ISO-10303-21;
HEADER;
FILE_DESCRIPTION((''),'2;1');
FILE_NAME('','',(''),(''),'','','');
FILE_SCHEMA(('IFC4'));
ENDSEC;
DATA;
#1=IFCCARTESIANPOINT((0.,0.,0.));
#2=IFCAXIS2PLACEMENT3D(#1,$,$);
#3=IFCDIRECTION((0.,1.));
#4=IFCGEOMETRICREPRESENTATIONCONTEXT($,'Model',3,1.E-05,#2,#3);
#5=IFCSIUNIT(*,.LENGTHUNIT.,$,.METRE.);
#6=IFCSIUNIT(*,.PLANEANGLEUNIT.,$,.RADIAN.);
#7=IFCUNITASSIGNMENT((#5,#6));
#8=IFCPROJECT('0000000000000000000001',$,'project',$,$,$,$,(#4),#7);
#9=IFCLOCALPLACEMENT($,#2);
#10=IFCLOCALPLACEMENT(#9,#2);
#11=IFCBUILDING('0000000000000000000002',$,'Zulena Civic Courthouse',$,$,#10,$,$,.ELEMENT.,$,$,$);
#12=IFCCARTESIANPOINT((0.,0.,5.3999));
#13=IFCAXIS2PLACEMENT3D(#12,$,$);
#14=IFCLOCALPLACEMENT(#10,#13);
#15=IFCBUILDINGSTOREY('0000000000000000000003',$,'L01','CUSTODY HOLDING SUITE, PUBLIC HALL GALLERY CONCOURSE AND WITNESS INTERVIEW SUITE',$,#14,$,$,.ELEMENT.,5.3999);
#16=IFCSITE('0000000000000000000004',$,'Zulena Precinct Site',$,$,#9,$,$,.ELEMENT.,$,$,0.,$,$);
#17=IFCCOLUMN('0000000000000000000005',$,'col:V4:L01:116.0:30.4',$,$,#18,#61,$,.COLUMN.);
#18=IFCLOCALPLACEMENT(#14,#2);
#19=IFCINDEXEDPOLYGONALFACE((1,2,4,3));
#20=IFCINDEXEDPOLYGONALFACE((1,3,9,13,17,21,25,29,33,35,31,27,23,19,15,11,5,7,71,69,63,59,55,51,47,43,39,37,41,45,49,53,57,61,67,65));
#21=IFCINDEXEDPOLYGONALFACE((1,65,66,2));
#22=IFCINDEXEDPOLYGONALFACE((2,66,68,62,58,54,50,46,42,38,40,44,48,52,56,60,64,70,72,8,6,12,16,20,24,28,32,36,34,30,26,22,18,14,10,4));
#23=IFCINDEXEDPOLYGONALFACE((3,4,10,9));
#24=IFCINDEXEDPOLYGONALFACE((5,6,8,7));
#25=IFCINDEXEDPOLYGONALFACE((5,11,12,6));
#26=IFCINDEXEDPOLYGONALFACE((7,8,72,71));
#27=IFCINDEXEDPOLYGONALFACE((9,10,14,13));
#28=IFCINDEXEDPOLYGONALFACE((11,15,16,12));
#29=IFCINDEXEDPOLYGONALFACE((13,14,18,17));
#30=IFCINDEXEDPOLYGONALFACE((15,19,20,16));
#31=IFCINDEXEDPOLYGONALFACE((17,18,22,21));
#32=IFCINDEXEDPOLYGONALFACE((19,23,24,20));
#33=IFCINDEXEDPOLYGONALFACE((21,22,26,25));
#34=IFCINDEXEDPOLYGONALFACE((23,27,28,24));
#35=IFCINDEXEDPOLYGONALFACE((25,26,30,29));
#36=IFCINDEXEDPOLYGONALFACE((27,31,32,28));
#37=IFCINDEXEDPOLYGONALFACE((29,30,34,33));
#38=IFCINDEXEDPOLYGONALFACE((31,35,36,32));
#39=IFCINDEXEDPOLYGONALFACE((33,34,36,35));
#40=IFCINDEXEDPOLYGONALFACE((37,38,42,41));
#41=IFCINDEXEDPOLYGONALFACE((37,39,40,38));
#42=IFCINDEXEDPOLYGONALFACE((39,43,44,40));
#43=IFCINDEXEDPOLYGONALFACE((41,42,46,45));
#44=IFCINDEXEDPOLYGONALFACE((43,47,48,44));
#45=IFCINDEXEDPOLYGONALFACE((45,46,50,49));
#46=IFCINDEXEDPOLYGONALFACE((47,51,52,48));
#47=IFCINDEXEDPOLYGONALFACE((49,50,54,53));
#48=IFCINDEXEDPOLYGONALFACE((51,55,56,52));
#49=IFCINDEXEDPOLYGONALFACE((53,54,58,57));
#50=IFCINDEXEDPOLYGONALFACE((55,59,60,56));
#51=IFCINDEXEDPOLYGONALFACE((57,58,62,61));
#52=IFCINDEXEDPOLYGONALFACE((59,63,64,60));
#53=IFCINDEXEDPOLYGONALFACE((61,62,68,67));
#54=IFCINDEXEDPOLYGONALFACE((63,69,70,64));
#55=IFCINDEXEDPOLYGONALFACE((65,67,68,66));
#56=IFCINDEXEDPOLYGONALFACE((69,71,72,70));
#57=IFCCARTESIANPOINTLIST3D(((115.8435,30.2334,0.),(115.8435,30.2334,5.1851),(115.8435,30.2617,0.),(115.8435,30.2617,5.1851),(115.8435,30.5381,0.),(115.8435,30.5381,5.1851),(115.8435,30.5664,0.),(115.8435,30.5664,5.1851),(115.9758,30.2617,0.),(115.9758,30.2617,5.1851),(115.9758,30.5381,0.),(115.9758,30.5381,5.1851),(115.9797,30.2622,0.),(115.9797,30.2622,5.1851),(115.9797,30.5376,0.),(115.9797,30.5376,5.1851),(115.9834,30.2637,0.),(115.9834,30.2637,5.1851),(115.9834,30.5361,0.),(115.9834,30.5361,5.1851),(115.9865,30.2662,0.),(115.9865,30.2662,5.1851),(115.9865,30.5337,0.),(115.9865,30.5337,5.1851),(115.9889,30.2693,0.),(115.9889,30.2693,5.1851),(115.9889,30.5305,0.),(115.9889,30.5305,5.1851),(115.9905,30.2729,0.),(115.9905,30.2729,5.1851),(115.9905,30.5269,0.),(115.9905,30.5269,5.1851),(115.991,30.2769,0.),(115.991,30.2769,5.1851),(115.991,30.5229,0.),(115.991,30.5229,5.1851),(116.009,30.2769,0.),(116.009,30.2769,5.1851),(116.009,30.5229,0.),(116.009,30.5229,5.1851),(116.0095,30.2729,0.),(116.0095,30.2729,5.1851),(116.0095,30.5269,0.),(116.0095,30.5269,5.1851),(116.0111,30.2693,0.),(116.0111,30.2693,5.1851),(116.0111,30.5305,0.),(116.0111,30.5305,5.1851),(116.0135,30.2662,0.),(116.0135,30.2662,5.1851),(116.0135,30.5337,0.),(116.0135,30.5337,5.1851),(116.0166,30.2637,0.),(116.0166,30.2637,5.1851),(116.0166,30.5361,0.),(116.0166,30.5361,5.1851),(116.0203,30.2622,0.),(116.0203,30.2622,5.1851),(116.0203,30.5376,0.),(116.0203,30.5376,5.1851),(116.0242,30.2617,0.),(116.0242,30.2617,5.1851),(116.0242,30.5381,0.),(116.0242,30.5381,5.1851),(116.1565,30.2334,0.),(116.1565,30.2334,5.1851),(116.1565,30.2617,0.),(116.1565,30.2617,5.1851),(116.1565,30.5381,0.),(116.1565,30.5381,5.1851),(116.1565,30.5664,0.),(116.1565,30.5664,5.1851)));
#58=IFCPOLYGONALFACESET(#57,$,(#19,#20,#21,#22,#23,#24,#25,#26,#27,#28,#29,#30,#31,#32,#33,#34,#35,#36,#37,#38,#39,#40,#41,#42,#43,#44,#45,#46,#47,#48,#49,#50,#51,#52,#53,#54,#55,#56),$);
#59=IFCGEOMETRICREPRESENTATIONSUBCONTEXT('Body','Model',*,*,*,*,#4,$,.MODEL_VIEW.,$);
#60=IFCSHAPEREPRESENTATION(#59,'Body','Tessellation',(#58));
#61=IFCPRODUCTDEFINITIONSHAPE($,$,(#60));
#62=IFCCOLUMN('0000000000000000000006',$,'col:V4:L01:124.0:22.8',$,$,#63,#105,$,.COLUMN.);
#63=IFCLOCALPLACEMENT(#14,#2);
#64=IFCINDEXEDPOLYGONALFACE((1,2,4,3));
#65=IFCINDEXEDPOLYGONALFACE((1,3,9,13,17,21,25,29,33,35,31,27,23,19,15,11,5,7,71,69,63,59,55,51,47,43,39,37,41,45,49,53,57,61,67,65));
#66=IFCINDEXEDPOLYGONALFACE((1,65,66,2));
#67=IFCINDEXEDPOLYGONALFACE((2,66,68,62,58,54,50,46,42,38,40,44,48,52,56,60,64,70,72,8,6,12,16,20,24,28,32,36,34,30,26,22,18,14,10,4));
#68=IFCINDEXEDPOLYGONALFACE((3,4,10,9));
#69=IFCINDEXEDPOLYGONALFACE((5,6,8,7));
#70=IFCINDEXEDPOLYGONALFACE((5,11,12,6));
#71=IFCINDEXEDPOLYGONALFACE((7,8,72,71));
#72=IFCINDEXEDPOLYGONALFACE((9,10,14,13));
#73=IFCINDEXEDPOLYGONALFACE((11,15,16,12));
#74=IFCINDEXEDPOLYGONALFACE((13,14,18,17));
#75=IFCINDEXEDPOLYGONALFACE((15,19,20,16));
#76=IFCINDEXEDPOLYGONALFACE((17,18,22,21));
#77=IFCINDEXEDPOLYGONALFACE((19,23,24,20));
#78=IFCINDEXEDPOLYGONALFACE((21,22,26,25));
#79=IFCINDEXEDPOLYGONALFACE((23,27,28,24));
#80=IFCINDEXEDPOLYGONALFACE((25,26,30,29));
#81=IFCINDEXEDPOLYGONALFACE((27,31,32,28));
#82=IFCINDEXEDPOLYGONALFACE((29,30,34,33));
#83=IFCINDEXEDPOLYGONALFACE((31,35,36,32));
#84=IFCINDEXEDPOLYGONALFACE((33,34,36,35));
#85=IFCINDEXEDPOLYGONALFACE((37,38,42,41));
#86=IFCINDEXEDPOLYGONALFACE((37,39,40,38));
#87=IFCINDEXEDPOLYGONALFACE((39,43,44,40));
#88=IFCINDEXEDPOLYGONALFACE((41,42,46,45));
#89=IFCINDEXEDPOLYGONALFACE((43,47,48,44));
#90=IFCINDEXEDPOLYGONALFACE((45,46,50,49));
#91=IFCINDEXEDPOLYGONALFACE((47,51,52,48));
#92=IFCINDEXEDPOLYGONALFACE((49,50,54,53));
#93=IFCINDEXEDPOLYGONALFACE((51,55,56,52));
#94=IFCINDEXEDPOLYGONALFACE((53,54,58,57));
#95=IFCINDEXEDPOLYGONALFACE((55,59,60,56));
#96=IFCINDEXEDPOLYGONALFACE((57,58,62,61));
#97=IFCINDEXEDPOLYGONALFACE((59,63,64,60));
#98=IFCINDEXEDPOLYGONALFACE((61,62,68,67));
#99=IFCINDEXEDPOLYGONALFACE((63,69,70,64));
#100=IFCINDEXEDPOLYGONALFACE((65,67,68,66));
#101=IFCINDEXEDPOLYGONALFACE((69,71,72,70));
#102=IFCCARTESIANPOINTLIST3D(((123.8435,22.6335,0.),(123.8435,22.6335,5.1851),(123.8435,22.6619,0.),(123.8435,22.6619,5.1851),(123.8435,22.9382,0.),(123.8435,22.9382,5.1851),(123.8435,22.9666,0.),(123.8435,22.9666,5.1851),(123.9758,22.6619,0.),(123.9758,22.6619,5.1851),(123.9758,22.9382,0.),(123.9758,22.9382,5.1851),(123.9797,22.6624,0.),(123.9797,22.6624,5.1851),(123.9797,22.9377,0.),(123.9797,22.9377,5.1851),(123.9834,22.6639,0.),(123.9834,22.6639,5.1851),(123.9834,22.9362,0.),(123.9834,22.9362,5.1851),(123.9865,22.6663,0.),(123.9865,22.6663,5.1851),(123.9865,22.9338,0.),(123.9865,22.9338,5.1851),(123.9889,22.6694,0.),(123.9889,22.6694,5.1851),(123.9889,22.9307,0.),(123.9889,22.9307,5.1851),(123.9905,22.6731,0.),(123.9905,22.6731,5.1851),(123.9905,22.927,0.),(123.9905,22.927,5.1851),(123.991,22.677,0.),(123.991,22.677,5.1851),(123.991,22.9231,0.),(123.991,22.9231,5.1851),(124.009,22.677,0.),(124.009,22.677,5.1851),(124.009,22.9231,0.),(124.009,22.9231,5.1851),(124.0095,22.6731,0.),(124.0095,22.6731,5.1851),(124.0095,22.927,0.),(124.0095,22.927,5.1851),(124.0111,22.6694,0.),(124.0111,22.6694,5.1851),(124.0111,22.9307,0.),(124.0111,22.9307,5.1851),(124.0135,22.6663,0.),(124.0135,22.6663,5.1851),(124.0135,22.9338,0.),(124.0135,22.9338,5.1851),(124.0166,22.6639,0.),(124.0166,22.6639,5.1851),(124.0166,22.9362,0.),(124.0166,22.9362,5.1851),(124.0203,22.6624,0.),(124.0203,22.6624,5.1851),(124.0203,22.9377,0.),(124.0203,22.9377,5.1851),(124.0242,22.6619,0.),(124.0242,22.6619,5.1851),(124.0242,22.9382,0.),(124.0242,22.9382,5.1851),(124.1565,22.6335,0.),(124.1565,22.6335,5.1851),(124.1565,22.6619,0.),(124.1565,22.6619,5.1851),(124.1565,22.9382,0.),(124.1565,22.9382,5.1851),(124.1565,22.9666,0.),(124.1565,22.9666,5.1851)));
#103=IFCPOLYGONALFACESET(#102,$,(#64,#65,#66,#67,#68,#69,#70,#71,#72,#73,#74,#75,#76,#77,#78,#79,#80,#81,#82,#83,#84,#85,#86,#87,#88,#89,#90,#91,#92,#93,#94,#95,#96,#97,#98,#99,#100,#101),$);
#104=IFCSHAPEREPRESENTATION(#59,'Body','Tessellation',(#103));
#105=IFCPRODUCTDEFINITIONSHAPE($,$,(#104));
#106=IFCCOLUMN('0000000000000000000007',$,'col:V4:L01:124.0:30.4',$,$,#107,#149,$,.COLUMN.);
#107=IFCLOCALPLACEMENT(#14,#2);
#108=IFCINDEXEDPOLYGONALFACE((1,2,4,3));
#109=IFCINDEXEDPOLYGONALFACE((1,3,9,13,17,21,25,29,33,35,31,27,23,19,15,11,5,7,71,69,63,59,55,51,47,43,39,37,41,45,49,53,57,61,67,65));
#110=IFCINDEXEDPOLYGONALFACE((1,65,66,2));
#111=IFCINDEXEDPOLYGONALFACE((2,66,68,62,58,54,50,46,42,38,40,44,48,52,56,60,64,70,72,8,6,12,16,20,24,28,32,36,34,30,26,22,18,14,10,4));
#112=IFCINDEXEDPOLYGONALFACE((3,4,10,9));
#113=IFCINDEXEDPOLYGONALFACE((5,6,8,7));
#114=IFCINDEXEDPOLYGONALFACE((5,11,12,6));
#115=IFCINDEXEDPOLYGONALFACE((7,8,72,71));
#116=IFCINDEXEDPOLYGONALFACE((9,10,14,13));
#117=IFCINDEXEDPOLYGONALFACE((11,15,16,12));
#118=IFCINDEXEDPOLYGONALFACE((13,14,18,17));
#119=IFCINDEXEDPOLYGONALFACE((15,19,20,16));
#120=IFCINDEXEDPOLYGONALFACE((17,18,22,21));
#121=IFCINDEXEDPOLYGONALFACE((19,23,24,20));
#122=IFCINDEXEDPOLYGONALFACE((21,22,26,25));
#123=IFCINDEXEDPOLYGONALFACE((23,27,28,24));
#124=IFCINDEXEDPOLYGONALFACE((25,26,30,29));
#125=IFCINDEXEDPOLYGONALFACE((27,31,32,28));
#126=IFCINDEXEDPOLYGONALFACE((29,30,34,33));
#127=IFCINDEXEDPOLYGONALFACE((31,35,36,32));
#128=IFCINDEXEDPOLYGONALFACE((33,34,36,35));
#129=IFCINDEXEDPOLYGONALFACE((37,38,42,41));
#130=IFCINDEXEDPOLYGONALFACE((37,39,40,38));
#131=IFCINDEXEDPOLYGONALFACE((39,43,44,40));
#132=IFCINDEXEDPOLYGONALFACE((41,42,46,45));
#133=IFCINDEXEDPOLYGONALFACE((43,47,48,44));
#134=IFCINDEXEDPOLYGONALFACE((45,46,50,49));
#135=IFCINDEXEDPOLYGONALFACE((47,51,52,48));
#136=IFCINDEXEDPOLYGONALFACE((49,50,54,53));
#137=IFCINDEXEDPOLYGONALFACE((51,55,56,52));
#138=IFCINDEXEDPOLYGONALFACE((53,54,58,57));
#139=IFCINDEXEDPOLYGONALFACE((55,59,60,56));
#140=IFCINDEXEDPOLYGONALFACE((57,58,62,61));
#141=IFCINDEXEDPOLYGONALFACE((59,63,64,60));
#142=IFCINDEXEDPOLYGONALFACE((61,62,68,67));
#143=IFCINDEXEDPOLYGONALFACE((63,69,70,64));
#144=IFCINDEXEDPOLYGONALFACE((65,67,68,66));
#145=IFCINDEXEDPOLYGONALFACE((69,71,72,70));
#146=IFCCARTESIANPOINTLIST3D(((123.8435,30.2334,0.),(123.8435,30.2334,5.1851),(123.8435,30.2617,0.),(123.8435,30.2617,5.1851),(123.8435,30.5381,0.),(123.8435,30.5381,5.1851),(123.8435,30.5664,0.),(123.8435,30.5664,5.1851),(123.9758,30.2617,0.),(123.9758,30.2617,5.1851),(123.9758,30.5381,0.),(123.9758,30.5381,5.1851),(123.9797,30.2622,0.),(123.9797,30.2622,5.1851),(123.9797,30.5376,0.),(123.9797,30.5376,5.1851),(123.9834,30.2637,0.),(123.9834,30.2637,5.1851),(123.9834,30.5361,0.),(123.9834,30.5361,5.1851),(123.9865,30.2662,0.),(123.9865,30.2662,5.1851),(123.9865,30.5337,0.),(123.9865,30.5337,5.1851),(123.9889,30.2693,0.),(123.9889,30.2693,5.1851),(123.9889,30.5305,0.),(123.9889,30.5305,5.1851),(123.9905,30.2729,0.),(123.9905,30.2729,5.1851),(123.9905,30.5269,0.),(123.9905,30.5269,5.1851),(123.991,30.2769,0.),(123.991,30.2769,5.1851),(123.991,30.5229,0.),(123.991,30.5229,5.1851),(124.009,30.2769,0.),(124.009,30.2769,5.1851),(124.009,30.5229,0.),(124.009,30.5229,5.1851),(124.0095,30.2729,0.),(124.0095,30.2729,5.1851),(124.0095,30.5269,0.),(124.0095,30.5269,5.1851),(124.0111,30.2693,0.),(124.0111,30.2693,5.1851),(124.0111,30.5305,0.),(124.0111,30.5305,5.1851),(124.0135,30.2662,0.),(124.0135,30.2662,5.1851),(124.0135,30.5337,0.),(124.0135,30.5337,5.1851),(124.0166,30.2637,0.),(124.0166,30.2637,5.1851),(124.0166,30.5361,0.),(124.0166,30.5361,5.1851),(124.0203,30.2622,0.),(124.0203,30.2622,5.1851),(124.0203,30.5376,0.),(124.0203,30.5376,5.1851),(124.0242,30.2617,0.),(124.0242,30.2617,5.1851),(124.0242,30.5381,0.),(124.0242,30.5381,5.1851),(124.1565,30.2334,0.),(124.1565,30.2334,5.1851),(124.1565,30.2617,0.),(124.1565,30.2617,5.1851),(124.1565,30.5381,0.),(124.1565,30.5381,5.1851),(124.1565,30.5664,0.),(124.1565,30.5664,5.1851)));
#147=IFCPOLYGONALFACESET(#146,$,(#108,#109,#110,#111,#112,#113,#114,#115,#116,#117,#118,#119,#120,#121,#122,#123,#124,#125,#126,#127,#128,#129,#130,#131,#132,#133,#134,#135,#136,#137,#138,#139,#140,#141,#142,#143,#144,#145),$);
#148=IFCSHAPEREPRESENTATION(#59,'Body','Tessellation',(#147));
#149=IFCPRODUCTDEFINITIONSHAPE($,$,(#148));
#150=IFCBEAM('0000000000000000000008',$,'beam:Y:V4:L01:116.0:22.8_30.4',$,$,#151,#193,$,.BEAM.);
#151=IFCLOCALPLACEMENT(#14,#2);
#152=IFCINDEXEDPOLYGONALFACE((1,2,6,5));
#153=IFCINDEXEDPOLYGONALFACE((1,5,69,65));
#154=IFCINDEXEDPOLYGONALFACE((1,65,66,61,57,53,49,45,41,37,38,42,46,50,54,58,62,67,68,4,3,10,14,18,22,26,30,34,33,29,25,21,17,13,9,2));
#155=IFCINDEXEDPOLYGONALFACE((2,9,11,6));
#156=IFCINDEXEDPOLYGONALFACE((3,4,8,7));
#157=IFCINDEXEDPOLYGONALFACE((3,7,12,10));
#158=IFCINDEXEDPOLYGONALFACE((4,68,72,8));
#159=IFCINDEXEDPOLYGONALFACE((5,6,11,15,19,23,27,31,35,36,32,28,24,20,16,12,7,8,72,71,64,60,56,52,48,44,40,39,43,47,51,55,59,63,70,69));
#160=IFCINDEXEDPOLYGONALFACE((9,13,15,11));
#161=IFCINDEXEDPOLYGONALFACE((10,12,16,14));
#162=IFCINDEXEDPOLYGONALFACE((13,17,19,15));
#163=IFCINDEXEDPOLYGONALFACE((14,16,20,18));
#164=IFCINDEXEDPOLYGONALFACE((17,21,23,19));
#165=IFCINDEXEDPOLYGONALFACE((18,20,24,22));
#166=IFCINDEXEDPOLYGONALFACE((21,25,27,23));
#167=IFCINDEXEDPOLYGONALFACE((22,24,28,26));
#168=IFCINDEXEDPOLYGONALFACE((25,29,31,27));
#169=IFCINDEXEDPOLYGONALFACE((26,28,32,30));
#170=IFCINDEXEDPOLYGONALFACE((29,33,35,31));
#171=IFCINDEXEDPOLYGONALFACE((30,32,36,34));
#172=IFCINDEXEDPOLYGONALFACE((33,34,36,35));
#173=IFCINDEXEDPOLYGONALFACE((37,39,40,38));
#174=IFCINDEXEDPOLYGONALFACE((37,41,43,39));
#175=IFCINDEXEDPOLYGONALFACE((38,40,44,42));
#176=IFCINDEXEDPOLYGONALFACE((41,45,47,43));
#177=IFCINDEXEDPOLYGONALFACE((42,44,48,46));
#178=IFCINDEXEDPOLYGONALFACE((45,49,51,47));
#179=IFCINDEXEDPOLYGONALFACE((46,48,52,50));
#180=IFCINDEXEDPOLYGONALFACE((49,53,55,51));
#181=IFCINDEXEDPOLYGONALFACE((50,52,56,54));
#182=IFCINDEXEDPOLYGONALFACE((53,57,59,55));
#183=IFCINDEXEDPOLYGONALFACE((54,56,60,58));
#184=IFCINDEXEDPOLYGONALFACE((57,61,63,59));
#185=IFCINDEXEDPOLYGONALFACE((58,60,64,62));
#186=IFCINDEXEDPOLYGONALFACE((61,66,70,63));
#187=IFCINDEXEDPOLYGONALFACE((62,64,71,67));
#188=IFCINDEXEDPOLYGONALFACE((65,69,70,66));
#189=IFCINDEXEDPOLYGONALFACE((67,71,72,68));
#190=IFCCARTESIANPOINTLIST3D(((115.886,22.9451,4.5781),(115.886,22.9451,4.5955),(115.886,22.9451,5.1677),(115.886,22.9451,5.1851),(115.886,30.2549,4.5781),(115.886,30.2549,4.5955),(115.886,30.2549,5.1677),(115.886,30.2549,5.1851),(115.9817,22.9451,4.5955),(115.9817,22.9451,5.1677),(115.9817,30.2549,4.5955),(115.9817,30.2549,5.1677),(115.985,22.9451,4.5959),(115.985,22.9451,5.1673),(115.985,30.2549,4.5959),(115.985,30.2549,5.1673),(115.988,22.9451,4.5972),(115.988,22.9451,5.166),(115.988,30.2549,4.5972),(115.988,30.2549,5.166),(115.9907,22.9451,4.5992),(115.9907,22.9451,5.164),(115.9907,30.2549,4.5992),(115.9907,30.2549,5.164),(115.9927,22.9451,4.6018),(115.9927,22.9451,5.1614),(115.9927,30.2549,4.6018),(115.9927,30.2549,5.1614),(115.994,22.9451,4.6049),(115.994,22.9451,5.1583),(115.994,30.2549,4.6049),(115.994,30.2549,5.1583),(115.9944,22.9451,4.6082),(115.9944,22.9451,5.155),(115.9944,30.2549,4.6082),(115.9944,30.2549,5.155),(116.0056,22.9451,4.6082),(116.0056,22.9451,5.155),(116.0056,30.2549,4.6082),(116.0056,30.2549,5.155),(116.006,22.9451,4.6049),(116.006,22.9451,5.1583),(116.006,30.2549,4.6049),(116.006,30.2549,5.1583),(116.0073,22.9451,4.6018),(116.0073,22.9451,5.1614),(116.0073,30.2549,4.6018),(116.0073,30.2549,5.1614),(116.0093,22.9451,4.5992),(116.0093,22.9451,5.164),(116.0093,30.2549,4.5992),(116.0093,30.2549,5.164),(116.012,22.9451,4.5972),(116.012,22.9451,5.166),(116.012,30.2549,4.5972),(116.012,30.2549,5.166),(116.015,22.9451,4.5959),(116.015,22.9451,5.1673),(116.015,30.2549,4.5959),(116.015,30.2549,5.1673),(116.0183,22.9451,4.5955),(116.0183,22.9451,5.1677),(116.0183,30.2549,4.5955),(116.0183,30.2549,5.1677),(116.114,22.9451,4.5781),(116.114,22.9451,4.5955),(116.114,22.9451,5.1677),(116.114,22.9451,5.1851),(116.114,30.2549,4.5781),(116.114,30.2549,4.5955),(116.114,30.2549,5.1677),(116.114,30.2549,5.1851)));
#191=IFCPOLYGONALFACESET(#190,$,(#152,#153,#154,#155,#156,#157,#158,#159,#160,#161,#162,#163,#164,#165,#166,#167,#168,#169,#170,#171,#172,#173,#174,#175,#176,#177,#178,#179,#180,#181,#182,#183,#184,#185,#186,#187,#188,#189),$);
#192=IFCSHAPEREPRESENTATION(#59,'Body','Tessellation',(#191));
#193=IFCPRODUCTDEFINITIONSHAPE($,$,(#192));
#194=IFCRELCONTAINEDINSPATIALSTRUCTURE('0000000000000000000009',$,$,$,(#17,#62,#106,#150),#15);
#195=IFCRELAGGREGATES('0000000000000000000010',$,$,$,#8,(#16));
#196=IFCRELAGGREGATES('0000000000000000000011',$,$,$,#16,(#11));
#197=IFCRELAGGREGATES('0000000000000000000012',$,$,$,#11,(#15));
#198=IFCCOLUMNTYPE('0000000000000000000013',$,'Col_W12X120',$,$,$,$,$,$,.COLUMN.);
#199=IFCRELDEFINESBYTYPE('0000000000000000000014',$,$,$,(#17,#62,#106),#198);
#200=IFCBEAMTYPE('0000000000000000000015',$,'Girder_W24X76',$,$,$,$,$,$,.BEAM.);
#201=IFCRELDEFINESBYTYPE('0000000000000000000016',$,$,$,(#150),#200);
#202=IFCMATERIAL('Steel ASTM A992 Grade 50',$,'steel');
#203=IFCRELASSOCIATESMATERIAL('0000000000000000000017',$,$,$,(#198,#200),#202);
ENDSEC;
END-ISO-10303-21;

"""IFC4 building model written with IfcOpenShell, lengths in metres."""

from ifc_helpers import new_model, si_unit, direction, frame, origin, origin_2d, place, context, subcontext, project, spatial, i_section, extrude, material, material_profile, profile_set, type_object, element, save


model = new_model("IFC4")

# Units and contexts
model_context = context("Model", 3, precision=1e-05, world=origin(), true_north=direction((0.0, 1.0)))
body_context = subcontext(model_context, "Body", "Model", "MODEL_VIEW")
ifc_project = project(units=[si_unit("LENGTHUNIT", "METRE"), si_unit("PLANEANGLEUNIT", "RADIAN")], contexts=[model_context])

# Site, building, storey
site_placement = place(None, origin())
site = spatial("IfcSite", under=ifc_project, at=site_placement, Name="Zulena Precinct Site", CompositionType="ELEMENT", RefElevation=0.0)
building_placement = place(site_placement, origin())
building = spatial("IfcBuilding", under=site, at=building_placement, Name="Zulena Civic Courthouse", CompositionType="ELEMENT")
storey_placement = place(building_placement, frame((0.0, 0.0, 5.3999)))
storey = spatial("IfcBuildingStorey", under=building, at=storey_placement, Name="L01", Description="CUSTODY HOLDING SUITE, PUBLIC HALL GALLERY CONCOURSE AND WITNESS INTERVIEW SUITE", CompositionType="ELEMENT", Elevation=5.3999)

# Columns
ifc_material_1 = material(Name="Steel ASTM A992 Grade 50", Category="steel")
ifc_material_profile_1 = material_profile(ifc_material_1, i_section(OverallWidth=0.313, OverallDepth=0.333, WebThickness=0.0181, FlangeThickness=0.0283, FilletRadius=0.0151, at=origin_2d()), Name="W12X120")
ifc_profile_set_1 = profile_set([ifc_material_profile_1], Name="Steel ASTM A992 Grade 50")
column_type = type_object("IfcColumnType", Name="Col_W12X120", PredefinedType="COLUMN", material=ifc_profile_set_1)
for number, where, z_axis, x_axis, name in (
    (1, (116.0, 30.3999, 0.0), (0.0, 0.0, 1.0), (1.0, 0.0, 0.0), "col:V4:L01:116.0:30.4"),
    (2, (124.0, 22.8, 0.0), (0.0, 0.0, 1.0), (1.0, 0.0, 0.0), "col:V4:L01:124.0:22.8"),
    (3, (124.0, 30.3999, 0.0), (0.0, 0.0, 1.0), (1.0, 0.0, 0.0), "col:V4:L01:124.0:30.4"),
):
    element("IfcColumn", number, at=place(storey_placement, frame(where, z_axis=z_axis, x_axis=x_axis)), inside=storey, type_object=column_type, Name=name, PredefinedType="COLUMN", context=body_context, shape_type="SweptSolid", body=[
        extrude(i_section(OverallWidth=0.313, OverallDepth=0.333, WebThickness=0.0181, FlangeThickness=0.0283, FilletRadius=0.0151, at=origin_2d()), origin(), (0.0, 0.0, 1.0), 5.1851),
    ])

# Beam
ifc_material_profile_2 = material_profile(ifc_material_1, i_section(OverallWidth=0.228, OverallDepth=0.6069, WebThickness=0.0112, FlangeThickness=0.0173, FilletRadius=0.0127, at=origin_2d()), Name="W24X76")
ifc_profile_set_2 = profile_set([ifc_material_profile_2], Name="Steel ASTM A992 Grade 50")
beam_type_1 = type_object("IfcBeamType", Name="Girder_W24X76", PredefinedType="BEAM", material=ifc_profile_set_2)
beam_1_placement = place(storey_placement, frame((116.0, 22.9451, 4.8816), z_axis=(0.0, 1.0, 0.0), x_axis=(-1.0, 0.0, 0.0)))
element("IfcBeam", 4, at=beam_1_placement, inside=storey, type_object=beam_type_1, Name="beam:Y:V4:L01:116.0:22.8_30.4", PredefinedType="BEAM", context=body_context, shape_type="SweptSolid", body=[
    extrude(i_section(OverallWidth=0.228, OverallDepth=0.6069, WebThickness=0.0112, FlangeThickness=0.0173, FilletRadius=0.0127, at=origin_2d()), origin(), (0.0, 0.0, 1.0), 7.3098),
])

save(model, "model.ifc")
